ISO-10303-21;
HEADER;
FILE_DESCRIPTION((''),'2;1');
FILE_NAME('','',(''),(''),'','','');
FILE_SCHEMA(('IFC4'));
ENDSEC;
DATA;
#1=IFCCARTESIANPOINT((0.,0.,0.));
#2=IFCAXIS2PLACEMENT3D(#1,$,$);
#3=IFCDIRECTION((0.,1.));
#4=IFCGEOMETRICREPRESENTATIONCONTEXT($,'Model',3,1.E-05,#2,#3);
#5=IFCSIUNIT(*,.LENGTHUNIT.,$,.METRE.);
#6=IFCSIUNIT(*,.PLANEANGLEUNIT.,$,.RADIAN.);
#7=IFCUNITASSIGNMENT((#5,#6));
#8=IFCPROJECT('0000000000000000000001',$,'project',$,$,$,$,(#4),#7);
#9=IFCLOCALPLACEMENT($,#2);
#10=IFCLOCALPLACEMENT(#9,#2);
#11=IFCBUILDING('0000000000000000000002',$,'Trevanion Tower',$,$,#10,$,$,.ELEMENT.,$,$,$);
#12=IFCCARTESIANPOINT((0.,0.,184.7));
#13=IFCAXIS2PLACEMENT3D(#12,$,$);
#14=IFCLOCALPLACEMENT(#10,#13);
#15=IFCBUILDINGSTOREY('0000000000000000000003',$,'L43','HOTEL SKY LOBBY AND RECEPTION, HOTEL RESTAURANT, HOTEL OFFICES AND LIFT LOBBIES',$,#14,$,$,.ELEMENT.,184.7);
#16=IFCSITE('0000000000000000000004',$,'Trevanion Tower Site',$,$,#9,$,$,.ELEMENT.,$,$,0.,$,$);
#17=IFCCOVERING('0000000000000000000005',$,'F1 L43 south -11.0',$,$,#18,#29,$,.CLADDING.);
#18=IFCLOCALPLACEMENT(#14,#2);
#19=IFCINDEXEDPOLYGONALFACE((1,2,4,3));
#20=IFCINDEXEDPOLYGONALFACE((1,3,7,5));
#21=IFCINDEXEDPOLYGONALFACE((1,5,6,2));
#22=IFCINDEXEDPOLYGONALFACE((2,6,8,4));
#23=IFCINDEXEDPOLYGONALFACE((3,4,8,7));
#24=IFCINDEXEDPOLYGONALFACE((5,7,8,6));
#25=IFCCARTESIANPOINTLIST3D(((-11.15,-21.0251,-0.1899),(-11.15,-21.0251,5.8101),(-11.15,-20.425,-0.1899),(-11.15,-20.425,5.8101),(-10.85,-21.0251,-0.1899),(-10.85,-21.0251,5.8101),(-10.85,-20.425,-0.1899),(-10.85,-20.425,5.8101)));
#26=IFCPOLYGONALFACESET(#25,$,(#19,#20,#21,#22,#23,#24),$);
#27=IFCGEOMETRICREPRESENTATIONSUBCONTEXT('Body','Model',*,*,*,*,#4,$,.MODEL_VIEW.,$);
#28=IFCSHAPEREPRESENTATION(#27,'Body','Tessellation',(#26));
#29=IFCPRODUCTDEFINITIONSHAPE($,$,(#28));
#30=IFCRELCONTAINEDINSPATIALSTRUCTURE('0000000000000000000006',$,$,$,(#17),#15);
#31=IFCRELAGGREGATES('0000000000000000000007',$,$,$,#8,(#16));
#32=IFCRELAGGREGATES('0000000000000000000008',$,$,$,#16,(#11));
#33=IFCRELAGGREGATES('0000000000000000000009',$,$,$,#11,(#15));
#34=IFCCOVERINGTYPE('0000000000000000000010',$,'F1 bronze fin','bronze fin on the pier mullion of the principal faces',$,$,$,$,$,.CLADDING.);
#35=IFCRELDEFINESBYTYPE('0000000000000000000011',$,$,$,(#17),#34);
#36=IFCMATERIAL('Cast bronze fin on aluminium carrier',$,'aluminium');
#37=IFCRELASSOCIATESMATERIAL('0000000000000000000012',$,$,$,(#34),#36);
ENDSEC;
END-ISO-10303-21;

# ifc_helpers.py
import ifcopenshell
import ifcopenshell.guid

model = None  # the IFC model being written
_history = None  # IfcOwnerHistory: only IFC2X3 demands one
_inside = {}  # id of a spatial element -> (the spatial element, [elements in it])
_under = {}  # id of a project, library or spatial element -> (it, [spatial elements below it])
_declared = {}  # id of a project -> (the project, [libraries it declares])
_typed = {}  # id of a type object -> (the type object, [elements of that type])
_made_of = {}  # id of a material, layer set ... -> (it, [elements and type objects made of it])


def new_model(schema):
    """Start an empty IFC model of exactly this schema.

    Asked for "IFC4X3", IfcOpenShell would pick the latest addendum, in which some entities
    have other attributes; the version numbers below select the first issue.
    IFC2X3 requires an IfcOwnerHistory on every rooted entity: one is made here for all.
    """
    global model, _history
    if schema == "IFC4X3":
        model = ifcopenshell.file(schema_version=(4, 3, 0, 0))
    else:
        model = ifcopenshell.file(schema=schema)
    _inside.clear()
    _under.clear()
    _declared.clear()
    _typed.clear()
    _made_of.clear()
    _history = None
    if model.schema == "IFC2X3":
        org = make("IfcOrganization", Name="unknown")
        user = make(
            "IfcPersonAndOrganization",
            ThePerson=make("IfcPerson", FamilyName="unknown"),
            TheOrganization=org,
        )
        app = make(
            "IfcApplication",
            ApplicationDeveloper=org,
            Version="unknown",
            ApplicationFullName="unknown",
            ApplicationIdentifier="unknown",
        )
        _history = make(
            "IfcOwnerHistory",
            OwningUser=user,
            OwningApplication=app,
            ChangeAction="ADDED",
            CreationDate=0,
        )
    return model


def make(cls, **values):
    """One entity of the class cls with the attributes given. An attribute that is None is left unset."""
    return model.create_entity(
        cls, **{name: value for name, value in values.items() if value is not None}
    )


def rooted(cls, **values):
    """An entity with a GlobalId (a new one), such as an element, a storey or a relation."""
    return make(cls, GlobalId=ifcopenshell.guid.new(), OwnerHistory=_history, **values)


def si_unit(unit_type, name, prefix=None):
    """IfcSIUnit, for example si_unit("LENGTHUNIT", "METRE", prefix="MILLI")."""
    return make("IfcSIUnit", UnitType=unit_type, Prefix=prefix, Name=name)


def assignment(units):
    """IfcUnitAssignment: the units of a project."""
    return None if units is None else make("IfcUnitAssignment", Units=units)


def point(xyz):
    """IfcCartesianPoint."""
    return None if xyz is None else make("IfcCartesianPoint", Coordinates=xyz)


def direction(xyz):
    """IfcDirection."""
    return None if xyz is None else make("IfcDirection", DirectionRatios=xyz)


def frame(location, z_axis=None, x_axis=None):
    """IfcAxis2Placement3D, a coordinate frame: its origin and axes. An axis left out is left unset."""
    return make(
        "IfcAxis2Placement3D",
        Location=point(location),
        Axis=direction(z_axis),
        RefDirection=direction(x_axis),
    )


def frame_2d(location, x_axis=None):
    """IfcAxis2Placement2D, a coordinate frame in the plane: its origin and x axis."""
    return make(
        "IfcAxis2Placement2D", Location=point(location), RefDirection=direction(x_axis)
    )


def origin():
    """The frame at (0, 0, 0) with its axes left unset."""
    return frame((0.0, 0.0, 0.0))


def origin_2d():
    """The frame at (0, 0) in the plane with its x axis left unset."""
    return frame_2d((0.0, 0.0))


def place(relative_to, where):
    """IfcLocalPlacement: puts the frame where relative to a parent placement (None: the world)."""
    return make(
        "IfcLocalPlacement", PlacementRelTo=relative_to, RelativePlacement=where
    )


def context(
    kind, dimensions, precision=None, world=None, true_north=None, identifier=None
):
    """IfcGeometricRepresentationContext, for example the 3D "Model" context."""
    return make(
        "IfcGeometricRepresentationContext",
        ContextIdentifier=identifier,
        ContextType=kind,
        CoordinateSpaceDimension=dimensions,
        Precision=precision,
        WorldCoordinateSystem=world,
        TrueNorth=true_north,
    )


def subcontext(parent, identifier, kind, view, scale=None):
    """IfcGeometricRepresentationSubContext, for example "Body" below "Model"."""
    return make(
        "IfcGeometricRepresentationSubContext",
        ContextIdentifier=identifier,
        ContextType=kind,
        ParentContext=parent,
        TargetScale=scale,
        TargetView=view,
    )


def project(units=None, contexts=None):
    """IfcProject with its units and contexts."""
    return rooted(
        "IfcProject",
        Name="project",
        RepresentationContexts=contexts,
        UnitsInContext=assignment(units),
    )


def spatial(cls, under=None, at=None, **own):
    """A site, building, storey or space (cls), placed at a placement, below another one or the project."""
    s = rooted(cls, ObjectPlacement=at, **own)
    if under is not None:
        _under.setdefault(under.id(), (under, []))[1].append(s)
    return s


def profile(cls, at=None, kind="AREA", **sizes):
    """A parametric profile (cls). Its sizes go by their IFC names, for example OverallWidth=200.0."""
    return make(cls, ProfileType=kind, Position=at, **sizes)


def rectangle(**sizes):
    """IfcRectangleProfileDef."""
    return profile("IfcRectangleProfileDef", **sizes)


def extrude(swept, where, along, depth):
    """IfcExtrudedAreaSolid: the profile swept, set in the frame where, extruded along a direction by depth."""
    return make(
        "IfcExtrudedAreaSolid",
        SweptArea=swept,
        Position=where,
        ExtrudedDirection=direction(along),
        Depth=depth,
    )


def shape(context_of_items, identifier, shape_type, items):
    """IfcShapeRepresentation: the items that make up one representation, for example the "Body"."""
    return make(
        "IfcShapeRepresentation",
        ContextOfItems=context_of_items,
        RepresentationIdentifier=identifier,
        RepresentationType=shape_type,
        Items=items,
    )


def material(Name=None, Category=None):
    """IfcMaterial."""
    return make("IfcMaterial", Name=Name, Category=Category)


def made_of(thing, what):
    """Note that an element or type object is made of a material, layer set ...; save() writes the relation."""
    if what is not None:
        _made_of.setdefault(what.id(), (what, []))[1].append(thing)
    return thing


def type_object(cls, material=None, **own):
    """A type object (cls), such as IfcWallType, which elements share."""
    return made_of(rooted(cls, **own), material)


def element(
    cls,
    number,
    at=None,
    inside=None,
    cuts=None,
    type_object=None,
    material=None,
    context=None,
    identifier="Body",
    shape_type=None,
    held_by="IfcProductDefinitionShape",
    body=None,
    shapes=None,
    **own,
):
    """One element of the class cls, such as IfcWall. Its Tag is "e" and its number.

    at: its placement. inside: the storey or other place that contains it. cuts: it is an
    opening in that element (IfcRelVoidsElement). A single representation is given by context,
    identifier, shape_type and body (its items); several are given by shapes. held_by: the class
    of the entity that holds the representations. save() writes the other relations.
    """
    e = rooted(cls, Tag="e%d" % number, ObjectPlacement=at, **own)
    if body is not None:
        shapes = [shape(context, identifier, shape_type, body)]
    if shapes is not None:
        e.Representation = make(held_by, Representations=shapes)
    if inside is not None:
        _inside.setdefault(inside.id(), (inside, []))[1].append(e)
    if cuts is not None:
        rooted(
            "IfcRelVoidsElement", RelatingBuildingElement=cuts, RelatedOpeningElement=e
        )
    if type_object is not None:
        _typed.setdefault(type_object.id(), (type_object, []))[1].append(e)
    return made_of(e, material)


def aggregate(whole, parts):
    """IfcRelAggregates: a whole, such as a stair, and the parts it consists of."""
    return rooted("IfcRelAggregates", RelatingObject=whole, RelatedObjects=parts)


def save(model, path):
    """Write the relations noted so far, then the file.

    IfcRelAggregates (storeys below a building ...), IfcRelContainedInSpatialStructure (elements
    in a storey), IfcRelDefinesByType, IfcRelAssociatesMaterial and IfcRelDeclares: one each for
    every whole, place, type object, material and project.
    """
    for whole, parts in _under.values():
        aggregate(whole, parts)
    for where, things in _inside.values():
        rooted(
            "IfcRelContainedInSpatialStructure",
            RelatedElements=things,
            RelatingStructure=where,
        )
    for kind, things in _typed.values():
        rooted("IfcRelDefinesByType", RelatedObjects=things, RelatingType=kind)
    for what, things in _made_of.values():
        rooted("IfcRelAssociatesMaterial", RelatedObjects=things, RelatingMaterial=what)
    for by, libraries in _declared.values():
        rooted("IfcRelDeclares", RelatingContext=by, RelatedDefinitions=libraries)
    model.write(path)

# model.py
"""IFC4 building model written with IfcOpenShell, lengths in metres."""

from ifc_helpers import new_model, si_unit, direction, frame, origin, origin_2d, place, context, subcontext, project, spatial, rectangle, extrude, material, type_object, element, save


model = new_model("IFC4")

# Units and contexts
model_context = context("Model", 3, precision=1e-05, world=origin(), true_north=direction((0.0, 1.0)))
body_context = subcontext(model_context, "Body", "Model", "MODEL_VIEW")
ifc_project = project(units=[si_unit("LENGTHUNIT", "METRE"), si_unit("PLANEANGLEUNIT", "RADIAN")], contexts=[model_context])

# Site, building, storey
site_placement = place(None, origin())
site = spatial("IfcSite", under=ifc_project, at=site_placement, Name="Trevanion Tower Site", CompositionType="ELEMENT", RefElevation=0.0)
building_placement = place(site_placement, origin())
building = spatial("IfcBuilding", under=site, at=building_placement, Name="Trevanion Tower", CompositionType="ELEMENT")
storey_placement = place(building_placement, frame((0.0, 0.0, 184.7)))
storey = spatial("IfcBuildingStorey", under=building, at=storey_placement, Name="L43", Description="HOTEL SKY LOBBY AND RECEPTION, HOTEL RESTAURANT, HOTEL OFFICES AND LIFT LOBBIES", CompositionType="ELEMENT", Elevation=184.7)

# Covering
ifc_material_1 = material(Name="Cast bronze fin on aluminium carrier", Category="aluminium")
covering_type = type_object("IfcCoveringType", Name="F1 bronze fin", Description="bronze fin on the pier mullion of the principal faces", PredefinedType="CLADDING", material=ifc_material_1)
covering_placement = place(storey_placement, frame((-11.0, -20.7251, -0.1899), z_axis=(0.0, 0.0, 1.0), x_axis=(1.0, 0.0, 0.0)))
element("IfcCovering", 1, at=covering_placement, inside=storey, type_object=covering_type, Name="F1 L43 south -11.0", PredefinedType="CLADDING", context=body_context, shape_type="SweptSolid", body=[
    extrude(rectangle(XDim=0.3, YDim=0.6001, at=origin_2d()), origin(), (0.0, 0.0, 1.0), 6.0),
])

save(model, "model.ifc")
